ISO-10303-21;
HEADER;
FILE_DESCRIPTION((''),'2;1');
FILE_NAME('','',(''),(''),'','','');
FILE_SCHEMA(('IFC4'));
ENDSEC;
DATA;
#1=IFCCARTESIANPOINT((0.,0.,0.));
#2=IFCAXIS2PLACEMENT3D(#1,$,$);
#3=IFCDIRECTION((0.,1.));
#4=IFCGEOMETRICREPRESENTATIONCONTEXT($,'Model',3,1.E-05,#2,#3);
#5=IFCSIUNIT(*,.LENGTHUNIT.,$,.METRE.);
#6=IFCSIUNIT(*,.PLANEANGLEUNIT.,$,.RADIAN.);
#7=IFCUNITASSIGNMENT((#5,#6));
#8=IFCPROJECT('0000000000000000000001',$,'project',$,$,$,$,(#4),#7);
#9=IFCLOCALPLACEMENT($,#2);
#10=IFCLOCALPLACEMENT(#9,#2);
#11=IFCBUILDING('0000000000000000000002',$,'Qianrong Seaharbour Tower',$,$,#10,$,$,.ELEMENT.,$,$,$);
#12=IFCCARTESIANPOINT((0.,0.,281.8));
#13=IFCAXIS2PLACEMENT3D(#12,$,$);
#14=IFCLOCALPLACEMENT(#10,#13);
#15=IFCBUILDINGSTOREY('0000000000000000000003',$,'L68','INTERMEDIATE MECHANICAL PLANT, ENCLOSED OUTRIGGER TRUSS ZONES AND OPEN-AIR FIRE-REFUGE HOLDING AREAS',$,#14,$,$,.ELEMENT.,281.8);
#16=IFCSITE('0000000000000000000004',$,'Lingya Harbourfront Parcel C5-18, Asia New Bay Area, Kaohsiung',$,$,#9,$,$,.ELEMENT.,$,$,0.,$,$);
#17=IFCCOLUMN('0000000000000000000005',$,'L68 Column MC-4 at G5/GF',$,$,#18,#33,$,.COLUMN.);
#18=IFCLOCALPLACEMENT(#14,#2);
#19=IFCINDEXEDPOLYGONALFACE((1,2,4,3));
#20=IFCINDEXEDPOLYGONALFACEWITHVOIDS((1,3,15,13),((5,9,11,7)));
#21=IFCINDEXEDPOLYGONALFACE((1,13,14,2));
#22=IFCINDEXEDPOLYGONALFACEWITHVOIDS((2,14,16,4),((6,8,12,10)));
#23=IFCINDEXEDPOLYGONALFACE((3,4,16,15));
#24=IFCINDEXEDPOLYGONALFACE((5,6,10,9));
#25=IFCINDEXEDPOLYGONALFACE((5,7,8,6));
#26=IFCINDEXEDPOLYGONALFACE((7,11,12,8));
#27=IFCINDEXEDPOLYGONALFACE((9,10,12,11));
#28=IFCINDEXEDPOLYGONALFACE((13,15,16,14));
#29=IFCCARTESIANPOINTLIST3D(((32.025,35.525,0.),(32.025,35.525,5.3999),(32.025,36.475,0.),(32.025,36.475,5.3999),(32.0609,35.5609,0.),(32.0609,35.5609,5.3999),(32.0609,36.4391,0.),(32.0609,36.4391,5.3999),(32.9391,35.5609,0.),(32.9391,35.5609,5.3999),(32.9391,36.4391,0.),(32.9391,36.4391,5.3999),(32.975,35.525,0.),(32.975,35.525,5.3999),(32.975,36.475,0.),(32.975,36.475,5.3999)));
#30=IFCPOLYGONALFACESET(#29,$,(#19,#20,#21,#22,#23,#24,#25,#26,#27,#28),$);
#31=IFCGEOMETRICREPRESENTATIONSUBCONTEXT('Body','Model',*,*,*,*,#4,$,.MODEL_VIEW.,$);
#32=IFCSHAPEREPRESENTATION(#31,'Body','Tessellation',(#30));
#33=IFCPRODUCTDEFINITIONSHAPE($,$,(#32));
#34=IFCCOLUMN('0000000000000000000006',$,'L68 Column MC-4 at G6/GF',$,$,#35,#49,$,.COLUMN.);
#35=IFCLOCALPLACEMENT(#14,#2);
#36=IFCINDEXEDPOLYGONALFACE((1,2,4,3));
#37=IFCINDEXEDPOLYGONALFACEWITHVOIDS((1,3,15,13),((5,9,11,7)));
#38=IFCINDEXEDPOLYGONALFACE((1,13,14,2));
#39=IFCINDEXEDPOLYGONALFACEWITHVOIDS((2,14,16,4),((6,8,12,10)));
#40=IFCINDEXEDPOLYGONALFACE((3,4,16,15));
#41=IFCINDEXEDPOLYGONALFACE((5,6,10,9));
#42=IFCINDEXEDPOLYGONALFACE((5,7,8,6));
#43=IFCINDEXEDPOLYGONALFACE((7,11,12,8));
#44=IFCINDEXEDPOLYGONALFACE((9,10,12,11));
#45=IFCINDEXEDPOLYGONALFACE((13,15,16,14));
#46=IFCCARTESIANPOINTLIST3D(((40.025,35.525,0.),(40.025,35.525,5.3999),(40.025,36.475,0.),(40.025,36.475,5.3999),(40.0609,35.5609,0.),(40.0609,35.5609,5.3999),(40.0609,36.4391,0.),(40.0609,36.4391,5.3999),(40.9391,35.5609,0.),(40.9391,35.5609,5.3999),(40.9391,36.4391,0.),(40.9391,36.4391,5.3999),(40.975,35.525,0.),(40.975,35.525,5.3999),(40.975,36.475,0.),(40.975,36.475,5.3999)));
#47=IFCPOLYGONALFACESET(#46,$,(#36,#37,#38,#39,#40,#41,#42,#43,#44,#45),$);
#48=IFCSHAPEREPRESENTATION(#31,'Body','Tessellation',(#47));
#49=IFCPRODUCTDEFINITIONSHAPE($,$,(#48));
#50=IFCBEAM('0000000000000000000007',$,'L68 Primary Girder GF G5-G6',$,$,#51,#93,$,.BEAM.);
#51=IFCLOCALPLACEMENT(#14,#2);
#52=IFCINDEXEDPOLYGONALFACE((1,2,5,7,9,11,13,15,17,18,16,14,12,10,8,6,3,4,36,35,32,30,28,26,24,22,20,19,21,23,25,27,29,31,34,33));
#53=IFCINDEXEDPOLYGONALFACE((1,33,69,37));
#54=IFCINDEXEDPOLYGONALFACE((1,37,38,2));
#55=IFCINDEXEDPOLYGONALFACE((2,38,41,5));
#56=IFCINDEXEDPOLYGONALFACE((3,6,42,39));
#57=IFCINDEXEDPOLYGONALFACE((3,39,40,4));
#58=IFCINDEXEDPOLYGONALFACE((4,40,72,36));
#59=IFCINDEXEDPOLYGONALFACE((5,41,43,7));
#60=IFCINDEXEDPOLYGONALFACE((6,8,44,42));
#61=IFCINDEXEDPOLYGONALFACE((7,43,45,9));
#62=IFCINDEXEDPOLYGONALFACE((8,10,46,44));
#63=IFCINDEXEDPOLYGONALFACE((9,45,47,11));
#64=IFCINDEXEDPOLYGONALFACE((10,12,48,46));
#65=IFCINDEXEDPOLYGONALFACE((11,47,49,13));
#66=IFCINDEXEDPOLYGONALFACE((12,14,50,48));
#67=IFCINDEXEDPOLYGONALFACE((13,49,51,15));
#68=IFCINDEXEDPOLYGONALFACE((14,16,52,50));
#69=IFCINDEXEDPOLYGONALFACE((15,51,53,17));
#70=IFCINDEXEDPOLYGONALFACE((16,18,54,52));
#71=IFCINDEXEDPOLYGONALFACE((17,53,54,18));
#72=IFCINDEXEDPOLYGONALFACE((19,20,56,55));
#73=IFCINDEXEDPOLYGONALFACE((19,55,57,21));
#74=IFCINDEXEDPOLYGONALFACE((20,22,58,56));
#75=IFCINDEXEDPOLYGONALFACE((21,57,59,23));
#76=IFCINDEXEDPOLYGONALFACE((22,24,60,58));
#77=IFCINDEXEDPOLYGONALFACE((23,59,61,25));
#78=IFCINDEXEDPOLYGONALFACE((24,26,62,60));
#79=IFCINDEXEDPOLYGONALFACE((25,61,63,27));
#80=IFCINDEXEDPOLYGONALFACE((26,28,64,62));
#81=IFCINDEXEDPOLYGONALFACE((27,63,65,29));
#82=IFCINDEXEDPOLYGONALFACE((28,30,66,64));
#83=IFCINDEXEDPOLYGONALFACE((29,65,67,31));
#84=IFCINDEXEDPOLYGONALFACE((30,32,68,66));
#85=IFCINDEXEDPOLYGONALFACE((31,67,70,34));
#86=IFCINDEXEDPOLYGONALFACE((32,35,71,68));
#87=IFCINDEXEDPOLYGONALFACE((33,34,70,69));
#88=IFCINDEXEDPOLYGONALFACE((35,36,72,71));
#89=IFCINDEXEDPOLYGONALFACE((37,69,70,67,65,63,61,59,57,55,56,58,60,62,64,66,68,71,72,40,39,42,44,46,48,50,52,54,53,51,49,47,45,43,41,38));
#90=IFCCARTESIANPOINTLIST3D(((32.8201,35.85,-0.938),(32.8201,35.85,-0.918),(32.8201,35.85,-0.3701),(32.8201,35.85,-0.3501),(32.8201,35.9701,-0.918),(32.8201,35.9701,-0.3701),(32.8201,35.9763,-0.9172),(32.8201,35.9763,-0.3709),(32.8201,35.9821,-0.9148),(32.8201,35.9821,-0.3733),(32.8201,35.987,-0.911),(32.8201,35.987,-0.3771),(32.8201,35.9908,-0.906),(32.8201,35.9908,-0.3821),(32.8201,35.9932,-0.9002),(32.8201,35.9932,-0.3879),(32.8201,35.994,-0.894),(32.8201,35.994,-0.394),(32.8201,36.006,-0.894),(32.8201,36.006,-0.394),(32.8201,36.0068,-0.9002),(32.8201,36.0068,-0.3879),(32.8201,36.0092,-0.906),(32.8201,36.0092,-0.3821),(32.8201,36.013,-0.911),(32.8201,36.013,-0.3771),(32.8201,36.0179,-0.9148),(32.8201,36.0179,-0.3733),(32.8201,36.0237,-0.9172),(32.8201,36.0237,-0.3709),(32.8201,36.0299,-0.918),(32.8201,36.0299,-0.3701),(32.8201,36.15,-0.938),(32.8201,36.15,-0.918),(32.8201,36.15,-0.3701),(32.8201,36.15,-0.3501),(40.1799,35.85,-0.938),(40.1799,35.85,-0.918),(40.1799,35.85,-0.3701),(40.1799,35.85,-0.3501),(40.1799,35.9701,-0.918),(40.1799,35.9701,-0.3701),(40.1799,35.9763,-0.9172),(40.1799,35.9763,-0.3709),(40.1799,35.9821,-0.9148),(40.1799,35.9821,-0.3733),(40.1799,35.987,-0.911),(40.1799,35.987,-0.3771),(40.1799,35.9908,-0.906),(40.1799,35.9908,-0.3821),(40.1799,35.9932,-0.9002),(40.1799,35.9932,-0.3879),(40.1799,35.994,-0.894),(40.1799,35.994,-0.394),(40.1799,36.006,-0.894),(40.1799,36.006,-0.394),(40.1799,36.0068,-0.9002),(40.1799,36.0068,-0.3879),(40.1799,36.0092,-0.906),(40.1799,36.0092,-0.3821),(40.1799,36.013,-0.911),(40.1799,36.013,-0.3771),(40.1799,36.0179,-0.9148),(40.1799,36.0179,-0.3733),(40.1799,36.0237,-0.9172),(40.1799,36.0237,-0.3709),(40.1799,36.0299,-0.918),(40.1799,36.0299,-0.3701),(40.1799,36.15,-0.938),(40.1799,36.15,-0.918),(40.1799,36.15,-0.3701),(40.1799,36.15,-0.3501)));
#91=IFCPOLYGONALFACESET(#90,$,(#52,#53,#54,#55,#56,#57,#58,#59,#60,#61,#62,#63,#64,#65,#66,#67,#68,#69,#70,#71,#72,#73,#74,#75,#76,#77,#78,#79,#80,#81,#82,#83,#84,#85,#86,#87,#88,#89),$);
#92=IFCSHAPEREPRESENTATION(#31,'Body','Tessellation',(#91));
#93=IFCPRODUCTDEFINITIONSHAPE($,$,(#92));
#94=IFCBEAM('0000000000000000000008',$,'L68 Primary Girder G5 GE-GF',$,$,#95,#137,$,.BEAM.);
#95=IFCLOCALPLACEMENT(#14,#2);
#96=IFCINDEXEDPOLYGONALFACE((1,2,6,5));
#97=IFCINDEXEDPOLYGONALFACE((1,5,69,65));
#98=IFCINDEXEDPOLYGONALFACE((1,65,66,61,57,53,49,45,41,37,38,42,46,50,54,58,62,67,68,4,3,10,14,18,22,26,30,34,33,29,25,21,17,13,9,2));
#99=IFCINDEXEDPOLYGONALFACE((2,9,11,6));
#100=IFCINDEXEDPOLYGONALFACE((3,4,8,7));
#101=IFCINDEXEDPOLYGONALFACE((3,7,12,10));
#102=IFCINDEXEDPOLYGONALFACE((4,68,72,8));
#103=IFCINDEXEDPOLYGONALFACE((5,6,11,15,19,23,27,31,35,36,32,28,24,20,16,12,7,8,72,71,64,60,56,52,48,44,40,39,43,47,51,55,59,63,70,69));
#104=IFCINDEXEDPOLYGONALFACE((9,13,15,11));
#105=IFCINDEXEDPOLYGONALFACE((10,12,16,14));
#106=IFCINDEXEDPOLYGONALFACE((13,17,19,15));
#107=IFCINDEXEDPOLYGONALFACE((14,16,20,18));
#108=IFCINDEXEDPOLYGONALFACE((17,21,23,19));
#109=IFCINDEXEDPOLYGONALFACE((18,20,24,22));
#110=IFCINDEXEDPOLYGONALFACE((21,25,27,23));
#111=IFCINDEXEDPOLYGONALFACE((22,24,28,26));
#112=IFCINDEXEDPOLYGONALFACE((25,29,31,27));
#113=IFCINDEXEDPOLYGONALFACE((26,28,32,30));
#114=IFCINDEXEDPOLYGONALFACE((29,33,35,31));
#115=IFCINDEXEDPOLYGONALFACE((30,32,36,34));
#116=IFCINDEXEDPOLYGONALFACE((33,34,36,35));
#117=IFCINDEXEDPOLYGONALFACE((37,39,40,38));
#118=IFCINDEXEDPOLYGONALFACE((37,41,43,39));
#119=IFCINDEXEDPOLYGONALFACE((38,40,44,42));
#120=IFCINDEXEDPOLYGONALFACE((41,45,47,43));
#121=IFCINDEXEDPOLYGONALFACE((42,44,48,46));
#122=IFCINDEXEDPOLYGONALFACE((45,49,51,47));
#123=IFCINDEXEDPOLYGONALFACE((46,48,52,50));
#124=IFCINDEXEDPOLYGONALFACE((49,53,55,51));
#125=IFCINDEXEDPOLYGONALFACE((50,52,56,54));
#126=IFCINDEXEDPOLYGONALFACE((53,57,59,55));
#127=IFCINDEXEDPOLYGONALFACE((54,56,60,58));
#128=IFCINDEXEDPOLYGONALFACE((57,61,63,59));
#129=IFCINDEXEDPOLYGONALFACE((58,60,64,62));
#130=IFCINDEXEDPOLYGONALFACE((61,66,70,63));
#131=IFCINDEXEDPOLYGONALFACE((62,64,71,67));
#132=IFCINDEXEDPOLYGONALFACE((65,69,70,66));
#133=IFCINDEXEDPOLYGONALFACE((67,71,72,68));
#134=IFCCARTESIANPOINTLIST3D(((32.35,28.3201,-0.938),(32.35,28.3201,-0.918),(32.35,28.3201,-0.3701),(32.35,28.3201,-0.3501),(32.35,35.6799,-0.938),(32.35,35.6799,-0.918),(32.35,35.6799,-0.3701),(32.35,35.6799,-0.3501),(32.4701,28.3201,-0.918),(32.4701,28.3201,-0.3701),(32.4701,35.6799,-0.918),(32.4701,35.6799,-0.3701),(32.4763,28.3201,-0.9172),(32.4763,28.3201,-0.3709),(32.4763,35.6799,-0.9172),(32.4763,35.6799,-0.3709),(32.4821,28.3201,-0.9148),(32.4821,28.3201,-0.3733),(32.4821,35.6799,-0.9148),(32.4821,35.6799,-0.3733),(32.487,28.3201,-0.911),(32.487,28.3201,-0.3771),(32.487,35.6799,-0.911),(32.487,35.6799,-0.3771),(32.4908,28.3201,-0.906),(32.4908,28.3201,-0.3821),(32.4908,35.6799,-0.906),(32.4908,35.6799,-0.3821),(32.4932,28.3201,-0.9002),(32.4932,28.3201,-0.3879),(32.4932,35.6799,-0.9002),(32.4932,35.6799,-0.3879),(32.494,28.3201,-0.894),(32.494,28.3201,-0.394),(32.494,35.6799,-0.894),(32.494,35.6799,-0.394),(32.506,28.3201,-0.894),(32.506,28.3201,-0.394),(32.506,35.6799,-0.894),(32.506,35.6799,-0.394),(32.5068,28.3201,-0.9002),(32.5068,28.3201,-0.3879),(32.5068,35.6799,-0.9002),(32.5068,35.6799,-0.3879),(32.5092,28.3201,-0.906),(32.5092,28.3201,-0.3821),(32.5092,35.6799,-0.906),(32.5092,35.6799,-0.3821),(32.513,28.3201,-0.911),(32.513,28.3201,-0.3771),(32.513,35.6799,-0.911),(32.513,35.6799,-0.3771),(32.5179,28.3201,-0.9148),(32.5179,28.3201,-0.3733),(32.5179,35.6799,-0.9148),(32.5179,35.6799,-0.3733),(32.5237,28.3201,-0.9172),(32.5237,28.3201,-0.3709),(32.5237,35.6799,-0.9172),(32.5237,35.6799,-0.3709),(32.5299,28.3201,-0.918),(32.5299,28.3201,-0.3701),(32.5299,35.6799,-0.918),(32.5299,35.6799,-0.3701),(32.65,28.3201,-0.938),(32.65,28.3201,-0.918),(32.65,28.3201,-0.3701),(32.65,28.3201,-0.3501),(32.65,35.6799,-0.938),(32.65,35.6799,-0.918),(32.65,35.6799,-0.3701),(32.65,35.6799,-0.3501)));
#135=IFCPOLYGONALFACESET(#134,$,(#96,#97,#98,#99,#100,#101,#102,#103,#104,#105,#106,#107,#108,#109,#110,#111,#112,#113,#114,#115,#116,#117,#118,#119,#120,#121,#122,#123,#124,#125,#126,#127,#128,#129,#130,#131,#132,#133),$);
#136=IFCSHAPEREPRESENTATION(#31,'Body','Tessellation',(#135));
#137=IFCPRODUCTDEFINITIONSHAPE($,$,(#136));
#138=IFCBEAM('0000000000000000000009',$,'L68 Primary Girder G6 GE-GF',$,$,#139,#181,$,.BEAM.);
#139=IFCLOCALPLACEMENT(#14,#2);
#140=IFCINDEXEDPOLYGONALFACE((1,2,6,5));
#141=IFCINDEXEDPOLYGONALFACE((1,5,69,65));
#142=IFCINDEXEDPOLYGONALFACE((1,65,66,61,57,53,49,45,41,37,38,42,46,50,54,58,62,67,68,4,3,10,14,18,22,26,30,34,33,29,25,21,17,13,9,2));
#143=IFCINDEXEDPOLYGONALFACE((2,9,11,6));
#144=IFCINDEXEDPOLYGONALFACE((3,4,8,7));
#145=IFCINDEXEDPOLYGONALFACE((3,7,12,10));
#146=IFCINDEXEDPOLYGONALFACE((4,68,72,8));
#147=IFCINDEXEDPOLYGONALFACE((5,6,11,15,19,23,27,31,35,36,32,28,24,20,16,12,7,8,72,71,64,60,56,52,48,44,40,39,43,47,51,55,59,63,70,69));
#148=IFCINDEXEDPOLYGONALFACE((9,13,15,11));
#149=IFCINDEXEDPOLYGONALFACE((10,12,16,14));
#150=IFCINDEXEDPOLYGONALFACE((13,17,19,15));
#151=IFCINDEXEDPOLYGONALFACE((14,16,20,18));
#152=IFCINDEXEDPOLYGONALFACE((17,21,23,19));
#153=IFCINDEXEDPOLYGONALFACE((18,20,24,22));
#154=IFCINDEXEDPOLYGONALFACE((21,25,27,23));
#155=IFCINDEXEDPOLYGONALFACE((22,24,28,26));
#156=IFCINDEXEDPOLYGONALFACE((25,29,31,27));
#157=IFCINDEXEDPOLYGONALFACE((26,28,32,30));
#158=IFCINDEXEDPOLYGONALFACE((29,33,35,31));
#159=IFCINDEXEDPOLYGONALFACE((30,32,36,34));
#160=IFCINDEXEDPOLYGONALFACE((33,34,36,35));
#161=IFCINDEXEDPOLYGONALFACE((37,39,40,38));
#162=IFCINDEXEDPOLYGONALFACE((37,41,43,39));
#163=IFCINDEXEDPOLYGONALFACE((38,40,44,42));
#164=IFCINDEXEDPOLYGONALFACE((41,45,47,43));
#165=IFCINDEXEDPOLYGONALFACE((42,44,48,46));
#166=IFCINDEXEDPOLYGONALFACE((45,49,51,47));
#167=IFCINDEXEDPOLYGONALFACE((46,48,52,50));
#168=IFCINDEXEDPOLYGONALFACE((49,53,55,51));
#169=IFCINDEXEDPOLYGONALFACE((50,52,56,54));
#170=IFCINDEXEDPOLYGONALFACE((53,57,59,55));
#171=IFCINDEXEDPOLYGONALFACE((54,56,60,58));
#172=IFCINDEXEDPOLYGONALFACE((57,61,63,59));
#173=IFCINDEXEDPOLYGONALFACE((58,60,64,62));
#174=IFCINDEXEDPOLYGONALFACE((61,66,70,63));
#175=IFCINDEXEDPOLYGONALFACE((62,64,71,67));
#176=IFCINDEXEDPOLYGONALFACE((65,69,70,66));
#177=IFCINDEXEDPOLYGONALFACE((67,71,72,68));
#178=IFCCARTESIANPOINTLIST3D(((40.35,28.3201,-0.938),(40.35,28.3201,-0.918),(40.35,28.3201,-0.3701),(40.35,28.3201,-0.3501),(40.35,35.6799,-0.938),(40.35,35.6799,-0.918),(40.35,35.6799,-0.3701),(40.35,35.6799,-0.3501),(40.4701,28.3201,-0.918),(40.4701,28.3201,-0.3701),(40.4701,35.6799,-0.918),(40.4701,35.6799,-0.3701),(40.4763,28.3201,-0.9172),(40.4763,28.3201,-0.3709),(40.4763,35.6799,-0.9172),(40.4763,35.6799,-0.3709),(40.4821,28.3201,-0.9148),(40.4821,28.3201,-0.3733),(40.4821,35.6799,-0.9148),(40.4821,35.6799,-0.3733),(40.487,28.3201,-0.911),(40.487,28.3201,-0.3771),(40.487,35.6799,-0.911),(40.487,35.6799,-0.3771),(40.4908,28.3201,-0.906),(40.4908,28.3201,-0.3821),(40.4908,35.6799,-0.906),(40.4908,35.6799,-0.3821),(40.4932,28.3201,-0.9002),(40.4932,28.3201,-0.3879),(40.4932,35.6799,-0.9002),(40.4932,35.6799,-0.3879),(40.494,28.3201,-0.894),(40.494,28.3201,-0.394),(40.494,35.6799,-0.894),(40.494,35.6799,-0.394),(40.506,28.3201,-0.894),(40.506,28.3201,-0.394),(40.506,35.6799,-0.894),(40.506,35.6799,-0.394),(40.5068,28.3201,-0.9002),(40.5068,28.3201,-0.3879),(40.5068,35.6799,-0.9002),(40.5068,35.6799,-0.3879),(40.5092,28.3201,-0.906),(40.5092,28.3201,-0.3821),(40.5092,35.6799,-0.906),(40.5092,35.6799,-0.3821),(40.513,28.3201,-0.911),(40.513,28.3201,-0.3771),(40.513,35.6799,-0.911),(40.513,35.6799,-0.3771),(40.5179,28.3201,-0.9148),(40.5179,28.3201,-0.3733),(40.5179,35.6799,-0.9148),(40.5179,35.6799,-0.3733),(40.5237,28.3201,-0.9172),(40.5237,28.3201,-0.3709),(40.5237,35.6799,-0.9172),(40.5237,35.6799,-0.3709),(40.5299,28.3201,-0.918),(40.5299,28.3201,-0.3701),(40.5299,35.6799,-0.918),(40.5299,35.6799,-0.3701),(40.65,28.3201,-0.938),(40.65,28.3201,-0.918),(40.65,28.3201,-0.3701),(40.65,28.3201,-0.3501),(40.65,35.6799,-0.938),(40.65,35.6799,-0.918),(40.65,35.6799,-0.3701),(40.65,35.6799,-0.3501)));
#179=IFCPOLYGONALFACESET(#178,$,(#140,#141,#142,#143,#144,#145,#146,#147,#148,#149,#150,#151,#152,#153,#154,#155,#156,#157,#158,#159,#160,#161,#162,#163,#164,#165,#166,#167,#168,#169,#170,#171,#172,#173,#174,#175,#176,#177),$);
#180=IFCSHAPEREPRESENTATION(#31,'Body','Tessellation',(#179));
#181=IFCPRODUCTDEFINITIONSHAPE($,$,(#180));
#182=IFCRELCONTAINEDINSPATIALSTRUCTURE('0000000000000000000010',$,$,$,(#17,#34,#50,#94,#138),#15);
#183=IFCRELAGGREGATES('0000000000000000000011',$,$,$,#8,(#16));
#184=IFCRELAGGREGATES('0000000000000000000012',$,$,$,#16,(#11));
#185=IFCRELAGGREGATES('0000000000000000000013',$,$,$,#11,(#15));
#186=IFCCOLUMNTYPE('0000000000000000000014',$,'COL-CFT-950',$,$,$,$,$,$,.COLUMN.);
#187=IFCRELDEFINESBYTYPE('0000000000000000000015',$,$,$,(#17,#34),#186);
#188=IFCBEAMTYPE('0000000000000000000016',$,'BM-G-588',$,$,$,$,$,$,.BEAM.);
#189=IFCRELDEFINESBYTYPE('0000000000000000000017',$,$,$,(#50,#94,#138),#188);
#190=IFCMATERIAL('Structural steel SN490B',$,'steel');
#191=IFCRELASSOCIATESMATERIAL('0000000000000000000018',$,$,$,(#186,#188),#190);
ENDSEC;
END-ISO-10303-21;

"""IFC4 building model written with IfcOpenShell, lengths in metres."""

from ifc_helpers import new_model, si_unit, direction, frame, origin, origin_2d, place, context, subcontext, project, spatial, hollow_rectangle, i_section, extrude, material, material_profile, profile_set, type_object, element, save


model = new_model("IFC4")

# Units and contexts
model_context = context("Model", 3, precision=1e-05, world=origin(), true_north=direction((0.0, 1.0)))
body_context = subcontext(model_context, "Body", "Model", "MODEL_VIEW")
ifc_project = project(units=[si_unit("LENGTHUNIT", "METRE"), si_unit("PLANEANGLEUNIT", "RADIAN")], contexts=[model_context])

# Site, building, storey
site_placement = place(None, origin())
site = spatial("IfcSite", under=ifc_project, at=site_placement, Name="Lingya Harbourfront Parcel C5-18, Asia New Bay Area, Kaohsiung", CompositionType="ELEMENT", RefElevation=0.0)
building_placement = place(site_placement, origin())
building = spatial("IfcBuilding", under=site, at=building_placement, Name="Qianrong Seaharbour Tower", CompositionType="ELEMENT")
storey_placement = place(building_placement, frame((0.0, 0.0, 281.8)))
storey = spatial("IfcBuildingStorey", under=building, at=storey_placement, Name="L68", Description="INTERMEDIATE MECHANICAL PLANT, ENCLOSED OUTRIGGER TRUSS ZONES AND OPEN-AIR FIRE-REFUGE HOLDING AREAS", CompositionType="ELEMENT", Elevation=281.8)

# Columns
ifc_material_1 = material(Name="Structural steel SN490B", Category="steel")
ifc_material_profile_1 = material_profile(ifc_material_1, hollow_rectangle(XDim=0.95, YDim=0.95, WallThickness=0.0359, at=origin_2d()), Name="BOX950x950x36")
ifc_profile_set_1 = profile_set([ifc_material_profile_1], Name="Structural steel SN490B")
column_type = type_object("IfcColumnType", Name="COL-CFT-950", PredefinedType="COLUMN", material=ifc_profile_set_1)
for number, where, z_axis, x_axis, name in (
    (1, (32.5, 36.0, 0.0), (0.0, 0.0, 1.0), (1.0, 0.0, 0.0), "L68 Column MC-4 at G5/GF"),
    (2, (40.5, 36.0, 0.0), (0.0, 0.0, 1.0), (1.0, 0.0, 0.0), "L68 Column MC-4 at G6/GF"),
):
    element("IfcColumn", number, at=place(storey_placement, frame(where, z_axis=z_axis, x_axis=x_axis)), inside=storey, type_object=column_type, Name=name, PredefinedType="COLUMN", context=body_context, shape_type="SweptSolid", body=[
        extrude(hollow_rectangle(XDim=0.95, YDim=0.95, WallThickness=0.0359, at=origin_2d()), origin(), (0.0, 0.0, 1.0), 5.3999),
    ])

# Beams
ifc_material_profile_2 = material_profile(ifc_material_1, i_section(OverallWidth=0.3, OverallDepth=0.5879, WebThickness=0.012, FlangeThickness=0.02, FilletRadius=0.0239, at=origin_2d()), Name="H588x300x12x20")
ifc_profile_set_2 = profile_set([ifc_material_profile_2], Name="Structural steel SN490B")
beam_type_1 = type_object("IfcBeamType", Name="BM-G-588", PredefinedType="BEAM", material=ifc_profile_set_2)
for number, where, z_axis, x_axis, name in (
    (3, (32.8201, 36.0, -0.644), (1.0, 0.0, 0.0), (0.0, 1.0, 0.0), "L68 Primary Girder GF G5-G6"),
    (4, (32.5, 28.3201, -0.644), (0.0, 1.0, 0.0), (-1.0, 0.0, 0.0), "L68 Primary Girder G5 GE-GF"),
    (5, (40.5, 28.3201, -0.644), (0.0, 1.0, 0.0), (-1.0, 0.0, 0.0), "L68 Primary Girder G6 GE-GF"),
):
    element("IfcBeam", number, at=place(storey_placement, frame(where, z_axis=z_axis, x_axis=x_axis)), inside=storey, type_object=beam_type_1, Name=name, PredefinedType="BEAM", context=body_context, shape_type="SweptSolid", body=[
        extrude(i_section(OverallWidth=0.3, OverallDepth=0.5879, WebThickness=0.012, FlangeThickness=0.02, FilletRadius=0.0239, at=origin_2d()), origin(), (0.0, 0.0, 1.0), 7.3599),
    ])

save(model, "model.ifc")
